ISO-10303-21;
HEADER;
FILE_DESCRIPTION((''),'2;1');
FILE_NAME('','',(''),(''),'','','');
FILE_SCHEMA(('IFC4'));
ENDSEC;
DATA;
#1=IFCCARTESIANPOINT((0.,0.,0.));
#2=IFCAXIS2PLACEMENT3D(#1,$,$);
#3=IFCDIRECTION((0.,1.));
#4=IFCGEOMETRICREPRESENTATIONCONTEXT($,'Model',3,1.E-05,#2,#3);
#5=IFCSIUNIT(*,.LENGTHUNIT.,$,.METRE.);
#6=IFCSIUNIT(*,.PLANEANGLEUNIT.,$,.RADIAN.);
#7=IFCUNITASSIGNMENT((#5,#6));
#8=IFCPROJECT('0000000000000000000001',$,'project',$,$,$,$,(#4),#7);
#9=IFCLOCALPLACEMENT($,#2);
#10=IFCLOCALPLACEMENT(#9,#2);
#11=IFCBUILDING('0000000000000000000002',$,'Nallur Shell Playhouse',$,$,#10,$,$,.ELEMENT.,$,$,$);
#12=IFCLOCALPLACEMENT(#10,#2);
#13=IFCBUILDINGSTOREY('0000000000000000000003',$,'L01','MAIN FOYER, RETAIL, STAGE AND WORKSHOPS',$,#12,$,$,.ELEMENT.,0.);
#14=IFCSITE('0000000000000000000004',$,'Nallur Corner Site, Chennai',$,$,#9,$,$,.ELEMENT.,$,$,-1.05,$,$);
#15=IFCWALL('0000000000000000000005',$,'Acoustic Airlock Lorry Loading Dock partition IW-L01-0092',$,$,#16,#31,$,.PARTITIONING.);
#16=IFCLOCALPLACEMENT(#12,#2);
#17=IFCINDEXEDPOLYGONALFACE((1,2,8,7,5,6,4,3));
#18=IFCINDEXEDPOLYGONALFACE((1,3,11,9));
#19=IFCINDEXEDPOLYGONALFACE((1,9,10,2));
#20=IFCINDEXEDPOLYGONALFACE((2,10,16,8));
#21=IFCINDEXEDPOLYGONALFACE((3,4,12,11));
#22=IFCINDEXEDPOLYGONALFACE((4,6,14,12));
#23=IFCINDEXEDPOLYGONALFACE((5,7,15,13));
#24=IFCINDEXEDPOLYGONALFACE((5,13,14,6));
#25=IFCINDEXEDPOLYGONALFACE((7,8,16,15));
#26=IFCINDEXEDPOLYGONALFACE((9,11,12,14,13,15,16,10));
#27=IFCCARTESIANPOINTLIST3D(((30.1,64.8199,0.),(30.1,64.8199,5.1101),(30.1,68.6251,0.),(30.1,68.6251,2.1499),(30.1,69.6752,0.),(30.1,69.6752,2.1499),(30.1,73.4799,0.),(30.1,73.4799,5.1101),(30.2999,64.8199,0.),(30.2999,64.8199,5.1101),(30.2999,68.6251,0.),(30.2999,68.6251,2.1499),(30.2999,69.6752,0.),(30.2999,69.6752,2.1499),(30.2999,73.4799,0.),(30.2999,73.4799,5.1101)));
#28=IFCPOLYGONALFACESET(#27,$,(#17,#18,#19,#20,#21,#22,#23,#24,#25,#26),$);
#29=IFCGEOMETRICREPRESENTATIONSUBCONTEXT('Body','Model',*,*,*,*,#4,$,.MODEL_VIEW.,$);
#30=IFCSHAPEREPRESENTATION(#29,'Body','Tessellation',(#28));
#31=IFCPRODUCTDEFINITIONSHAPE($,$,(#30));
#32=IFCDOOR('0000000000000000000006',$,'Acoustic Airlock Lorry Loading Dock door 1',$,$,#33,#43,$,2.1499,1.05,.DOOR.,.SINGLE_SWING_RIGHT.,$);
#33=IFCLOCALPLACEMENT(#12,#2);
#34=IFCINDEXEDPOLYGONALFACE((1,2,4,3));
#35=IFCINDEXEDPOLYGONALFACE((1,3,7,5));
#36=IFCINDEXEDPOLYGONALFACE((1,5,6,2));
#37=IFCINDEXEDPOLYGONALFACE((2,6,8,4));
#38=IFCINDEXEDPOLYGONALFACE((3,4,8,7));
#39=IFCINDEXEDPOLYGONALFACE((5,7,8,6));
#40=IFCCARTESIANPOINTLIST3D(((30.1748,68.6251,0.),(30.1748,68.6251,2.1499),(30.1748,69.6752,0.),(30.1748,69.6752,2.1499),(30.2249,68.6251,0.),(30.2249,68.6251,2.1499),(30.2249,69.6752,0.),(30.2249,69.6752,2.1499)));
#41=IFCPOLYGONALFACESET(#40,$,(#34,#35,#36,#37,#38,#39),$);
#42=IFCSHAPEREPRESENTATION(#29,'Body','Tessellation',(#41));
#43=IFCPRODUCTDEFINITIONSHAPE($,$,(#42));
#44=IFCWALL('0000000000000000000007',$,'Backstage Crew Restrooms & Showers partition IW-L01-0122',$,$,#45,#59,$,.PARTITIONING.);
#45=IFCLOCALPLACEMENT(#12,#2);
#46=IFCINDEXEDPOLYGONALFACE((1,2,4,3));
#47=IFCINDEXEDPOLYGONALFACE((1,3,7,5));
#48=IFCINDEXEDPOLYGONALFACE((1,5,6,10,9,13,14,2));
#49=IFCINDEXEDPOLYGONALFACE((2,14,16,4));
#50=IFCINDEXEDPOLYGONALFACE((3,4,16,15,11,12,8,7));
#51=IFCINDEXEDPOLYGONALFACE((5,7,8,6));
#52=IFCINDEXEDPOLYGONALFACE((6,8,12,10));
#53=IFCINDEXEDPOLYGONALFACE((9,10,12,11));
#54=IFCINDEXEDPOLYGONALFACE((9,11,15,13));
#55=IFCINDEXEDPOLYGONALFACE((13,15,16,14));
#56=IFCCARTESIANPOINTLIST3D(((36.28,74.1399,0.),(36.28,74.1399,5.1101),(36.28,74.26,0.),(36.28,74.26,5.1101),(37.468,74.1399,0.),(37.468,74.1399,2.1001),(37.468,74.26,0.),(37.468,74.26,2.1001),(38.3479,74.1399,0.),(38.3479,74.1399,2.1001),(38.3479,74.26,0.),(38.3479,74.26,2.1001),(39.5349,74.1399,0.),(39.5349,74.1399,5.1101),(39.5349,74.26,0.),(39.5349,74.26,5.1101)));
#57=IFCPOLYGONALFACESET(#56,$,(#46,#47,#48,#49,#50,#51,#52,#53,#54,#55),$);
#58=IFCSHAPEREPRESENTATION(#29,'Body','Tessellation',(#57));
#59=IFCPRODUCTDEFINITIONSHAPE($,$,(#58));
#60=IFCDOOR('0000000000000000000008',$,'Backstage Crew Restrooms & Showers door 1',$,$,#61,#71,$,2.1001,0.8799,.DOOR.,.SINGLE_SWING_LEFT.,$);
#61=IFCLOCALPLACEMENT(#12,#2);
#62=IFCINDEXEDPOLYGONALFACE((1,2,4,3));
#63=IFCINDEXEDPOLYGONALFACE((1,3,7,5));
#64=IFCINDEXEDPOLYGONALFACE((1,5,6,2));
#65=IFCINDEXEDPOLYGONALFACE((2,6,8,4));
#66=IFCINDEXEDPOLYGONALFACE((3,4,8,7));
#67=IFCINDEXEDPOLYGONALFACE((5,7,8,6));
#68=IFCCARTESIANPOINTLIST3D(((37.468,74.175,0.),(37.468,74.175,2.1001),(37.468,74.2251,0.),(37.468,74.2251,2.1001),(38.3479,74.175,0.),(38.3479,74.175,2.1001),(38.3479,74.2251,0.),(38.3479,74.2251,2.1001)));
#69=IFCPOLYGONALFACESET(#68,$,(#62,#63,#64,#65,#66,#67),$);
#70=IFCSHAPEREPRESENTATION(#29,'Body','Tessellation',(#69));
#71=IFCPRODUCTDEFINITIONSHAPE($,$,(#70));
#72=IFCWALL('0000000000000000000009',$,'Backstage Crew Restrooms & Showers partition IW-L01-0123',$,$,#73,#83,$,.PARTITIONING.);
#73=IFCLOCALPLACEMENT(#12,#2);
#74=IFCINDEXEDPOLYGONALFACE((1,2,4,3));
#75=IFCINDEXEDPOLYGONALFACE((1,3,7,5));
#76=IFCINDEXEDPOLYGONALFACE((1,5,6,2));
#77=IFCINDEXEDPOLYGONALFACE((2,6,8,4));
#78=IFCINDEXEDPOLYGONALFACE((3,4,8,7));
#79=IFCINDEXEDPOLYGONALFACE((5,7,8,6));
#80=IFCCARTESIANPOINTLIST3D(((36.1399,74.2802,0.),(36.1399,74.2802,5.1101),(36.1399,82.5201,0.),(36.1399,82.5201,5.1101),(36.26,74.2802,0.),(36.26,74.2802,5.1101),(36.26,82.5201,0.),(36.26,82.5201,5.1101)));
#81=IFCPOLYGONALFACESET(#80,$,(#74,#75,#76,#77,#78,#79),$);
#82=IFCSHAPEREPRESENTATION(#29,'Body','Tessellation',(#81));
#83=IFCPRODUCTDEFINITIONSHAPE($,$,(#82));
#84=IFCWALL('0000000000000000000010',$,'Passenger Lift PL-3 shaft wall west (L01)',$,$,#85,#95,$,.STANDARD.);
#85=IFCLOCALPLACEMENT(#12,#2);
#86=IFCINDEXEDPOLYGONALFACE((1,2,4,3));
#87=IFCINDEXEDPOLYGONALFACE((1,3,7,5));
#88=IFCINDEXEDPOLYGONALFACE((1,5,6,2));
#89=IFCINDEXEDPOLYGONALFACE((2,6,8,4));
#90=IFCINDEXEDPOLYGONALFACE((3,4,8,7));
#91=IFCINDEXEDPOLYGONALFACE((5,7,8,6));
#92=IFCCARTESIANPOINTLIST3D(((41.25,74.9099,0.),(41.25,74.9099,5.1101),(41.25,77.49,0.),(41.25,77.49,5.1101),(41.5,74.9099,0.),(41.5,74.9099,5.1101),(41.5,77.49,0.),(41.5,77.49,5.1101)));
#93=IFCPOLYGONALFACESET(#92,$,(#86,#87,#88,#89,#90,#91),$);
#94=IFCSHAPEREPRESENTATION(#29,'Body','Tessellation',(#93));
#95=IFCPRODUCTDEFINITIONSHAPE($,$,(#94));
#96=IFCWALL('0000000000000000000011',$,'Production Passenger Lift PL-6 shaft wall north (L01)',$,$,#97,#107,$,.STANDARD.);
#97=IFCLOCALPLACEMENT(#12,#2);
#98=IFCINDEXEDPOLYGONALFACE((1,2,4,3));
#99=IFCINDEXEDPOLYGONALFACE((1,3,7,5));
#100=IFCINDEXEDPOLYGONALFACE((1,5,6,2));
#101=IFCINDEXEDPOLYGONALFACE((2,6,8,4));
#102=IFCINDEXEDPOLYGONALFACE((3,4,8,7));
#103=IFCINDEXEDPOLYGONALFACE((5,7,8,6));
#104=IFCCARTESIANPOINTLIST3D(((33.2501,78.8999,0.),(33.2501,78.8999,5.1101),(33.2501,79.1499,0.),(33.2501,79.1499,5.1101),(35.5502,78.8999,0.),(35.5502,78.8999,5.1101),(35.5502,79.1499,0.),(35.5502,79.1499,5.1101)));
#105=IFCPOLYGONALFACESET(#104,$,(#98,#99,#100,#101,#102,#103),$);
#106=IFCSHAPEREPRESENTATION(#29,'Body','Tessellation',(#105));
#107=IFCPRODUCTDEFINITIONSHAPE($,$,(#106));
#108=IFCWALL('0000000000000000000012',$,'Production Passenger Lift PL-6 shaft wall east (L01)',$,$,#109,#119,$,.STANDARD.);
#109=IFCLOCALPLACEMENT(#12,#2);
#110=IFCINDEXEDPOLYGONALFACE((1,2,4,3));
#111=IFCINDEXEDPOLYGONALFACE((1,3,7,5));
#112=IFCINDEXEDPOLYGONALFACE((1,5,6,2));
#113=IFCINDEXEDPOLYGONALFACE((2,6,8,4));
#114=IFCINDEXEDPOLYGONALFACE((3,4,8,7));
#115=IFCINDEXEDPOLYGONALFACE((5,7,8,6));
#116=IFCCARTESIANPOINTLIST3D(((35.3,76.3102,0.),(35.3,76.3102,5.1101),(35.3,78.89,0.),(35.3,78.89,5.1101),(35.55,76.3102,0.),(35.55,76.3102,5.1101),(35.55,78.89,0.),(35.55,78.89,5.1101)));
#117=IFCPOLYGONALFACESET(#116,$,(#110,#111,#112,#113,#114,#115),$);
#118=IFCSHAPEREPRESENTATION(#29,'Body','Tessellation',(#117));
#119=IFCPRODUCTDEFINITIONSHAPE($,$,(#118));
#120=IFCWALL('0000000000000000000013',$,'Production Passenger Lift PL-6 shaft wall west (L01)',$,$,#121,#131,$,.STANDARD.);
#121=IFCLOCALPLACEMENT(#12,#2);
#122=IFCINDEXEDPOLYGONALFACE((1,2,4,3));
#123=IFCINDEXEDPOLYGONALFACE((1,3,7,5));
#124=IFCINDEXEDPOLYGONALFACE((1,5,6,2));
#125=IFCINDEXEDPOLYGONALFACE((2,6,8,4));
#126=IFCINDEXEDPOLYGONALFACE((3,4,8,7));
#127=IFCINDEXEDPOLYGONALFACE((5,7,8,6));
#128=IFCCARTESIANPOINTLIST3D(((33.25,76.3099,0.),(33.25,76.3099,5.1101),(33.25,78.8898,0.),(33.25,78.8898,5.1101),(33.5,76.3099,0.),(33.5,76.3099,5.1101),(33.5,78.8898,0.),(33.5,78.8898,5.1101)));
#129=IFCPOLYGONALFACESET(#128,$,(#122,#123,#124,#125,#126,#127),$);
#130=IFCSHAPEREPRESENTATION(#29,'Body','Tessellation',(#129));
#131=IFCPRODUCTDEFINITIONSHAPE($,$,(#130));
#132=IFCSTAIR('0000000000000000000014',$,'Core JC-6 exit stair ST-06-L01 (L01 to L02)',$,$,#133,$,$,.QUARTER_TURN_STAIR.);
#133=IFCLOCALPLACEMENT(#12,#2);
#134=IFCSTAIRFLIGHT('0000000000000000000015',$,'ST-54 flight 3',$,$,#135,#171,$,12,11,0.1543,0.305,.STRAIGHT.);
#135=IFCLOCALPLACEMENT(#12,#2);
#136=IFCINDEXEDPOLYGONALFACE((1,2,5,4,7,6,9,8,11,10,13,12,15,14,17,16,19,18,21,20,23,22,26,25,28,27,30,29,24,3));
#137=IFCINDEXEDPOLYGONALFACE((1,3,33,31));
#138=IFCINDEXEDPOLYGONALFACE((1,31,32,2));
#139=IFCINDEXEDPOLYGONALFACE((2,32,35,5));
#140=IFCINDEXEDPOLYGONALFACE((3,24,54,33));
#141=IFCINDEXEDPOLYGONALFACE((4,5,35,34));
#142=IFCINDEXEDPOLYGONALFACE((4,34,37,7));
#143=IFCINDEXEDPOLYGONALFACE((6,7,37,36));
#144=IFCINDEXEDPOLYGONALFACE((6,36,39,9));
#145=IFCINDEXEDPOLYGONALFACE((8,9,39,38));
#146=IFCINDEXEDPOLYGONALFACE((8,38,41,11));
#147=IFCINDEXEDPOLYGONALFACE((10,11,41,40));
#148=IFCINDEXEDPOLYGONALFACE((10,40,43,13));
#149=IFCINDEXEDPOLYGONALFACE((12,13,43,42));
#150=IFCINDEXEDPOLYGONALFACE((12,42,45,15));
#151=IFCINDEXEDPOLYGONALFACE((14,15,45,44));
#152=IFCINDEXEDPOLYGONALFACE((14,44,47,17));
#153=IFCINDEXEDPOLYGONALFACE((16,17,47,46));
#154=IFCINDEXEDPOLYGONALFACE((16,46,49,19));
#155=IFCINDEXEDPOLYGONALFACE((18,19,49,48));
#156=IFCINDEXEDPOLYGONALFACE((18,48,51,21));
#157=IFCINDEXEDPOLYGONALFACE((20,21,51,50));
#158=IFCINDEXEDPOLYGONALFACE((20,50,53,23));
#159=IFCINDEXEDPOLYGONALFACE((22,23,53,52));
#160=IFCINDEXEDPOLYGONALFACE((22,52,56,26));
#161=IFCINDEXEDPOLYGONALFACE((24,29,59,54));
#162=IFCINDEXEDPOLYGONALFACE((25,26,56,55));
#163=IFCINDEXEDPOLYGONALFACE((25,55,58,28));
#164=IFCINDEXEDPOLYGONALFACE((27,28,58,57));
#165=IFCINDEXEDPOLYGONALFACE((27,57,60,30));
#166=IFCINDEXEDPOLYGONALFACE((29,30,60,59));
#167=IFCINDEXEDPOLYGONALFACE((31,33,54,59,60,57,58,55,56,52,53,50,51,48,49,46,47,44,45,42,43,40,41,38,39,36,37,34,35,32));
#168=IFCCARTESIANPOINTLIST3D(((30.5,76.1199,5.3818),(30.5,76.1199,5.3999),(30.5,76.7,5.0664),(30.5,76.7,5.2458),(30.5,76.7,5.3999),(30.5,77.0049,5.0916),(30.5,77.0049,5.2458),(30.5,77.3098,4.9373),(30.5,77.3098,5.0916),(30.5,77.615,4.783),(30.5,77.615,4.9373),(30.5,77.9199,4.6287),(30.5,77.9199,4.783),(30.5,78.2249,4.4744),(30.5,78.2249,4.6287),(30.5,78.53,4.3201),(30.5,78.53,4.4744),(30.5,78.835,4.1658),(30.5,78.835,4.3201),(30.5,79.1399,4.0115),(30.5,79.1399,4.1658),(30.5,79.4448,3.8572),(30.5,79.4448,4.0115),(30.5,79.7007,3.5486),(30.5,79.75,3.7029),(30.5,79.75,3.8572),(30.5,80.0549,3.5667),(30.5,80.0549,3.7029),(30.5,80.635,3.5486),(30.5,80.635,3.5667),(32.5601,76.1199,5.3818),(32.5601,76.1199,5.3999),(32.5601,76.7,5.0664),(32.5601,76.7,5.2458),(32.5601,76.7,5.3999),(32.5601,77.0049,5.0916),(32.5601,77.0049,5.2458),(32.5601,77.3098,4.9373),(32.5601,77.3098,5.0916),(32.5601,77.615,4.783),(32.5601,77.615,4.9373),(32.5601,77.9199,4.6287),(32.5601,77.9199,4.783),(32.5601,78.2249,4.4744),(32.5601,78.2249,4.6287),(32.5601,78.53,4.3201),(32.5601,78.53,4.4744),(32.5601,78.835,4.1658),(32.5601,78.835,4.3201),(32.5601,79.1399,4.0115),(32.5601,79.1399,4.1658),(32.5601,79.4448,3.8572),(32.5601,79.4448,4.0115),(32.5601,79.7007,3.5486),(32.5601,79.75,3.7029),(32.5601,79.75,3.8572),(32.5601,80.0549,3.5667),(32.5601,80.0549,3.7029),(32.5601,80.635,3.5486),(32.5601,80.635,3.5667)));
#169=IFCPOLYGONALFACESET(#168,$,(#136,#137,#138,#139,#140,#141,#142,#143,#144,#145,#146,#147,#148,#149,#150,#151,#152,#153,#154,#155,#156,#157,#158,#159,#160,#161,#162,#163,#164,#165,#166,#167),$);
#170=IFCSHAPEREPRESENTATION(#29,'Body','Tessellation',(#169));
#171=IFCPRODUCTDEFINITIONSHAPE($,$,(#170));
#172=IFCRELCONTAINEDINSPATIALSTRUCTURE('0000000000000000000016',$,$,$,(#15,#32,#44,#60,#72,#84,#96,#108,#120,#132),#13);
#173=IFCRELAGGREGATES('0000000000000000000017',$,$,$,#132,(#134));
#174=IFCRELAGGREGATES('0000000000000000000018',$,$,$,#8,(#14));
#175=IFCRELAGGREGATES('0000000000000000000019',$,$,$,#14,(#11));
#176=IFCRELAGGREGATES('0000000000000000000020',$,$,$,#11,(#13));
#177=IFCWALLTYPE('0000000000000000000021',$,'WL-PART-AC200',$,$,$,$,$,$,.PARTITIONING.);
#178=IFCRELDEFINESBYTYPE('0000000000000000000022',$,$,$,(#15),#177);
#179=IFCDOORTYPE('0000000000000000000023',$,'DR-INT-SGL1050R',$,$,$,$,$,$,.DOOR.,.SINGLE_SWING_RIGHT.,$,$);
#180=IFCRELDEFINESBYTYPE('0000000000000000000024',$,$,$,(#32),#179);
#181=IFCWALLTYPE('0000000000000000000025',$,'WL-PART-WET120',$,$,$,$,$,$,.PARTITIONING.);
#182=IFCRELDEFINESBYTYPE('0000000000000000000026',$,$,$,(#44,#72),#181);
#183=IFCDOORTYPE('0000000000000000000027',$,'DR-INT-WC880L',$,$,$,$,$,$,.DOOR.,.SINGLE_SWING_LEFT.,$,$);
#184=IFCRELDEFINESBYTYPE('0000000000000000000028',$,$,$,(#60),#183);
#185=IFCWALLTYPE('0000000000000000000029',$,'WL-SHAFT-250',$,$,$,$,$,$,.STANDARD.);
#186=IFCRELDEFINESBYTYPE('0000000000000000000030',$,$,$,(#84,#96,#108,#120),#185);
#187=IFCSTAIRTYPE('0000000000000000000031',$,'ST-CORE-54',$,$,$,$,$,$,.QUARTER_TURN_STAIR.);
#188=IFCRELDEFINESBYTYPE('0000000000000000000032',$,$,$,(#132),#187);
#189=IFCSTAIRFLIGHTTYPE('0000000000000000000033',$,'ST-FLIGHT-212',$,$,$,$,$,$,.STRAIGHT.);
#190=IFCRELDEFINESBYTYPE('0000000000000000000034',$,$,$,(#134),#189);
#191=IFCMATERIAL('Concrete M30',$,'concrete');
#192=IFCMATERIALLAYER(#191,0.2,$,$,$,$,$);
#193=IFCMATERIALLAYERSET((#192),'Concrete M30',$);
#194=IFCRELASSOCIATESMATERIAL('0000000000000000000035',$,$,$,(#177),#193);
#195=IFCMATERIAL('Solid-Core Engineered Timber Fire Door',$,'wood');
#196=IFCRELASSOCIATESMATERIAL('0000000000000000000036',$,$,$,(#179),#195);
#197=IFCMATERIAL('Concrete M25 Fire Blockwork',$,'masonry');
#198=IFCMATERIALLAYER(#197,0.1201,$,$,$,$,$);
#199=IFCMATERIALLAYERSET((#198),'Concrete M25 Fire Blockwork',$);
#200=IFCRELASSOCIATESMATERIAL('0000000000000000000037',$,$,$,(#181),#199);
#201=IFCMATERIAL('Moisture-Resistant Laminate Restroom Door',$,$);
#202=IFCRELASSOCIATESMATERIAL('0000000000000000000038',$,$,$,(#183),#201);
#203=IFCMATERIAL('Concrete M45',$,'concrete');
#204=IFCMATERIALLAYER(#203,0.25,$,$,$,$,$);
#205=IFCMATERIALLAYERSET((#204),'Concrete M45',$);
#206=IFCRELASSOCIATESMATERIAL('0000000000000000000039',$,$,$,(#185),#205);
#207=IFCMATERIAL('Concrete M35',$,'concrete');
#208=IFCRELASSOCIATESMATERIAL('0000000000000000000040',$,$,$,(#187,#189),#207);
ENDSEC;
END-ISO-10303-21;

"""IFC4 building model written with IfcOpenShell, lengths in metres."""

from ifc_helpers import new_model, si_unit, direction, frame, frame_2d, origin, place, context, subcontext, project, spatial, polyline, rectangle, outline, extrude, material, layer, layer_set, type_object, element, fill, aggregate, save


model = new_model("IFC4")

# Units and contexts
model_context = context("Model", 3, precision=1e-05, world=origin(), true_north=direction((0.0, 1.0)))
body_context = subcontext(model_context, "Body", "Model", "MODEL_VIEW")
ifc_project = project(units=[si_unit("LENGTHUNIT", "METRE"), si_unit("PLANEANGLEUNIT", "RADIAN")], contexts=[model_context])

# Site, building, storey
site_placement = place(None, origin())
site = spatial("IfcSite", under=ifc_project, at=site_placement, Name="Nallur Corner Site, Chennai", CompositionType="ELEMENT", RefElevation=-1.05)
building_placement = place(site_placement, origin())
building = spatial("IfcBuilding", under=site, at=building_placement, Name="Nallur Shell Playhouse", CompositionType="ELEMENT")
storey_placement = place(building_placement, origin())
storey = spatial("IfcBuildingStorey", under=building, at=storey_placement, Name="L01", Description="MAIN FOYER, RETAIL, STAGE AND WORKSHOPS", CompositionType="ELEMENT", Elevation=0.0)

# Shared definitions
ifc_material_1 = material(Name="Concrete M35", Category="concrete")

# Shared definitions
ifc_material_2 = material(Name="Concrete M45", Category="concrete")

# Walls, openings, doors
ifc_material_3 = material(Name="Concrete M30", Category="concrete")
ifc_layer_1 = layer(ifc_material_3, 0.2)
ifc_layer_set_1 = layer_set([ifc_layer_1], Name="Concrete M30")
wall_type_1 = type_object("IfcWallType", Name="WL-PART-AC200", PredefinedType="PARTITIONING", material=ifc_layer_set_1)
wall_1_placement = place(storey_placement, frame((30.2, 73.48, 0.0), z_axis=(0.0, 0.0, 1.0), x_axis=(0.0, -1.0, 0.0)))
wall_1 = element("IfcWall", 1, at=wall_1_placement, inside=storey, type_object=wall_type_1, Name="Acoustic Airlock Lorry Loading Dock partition IW-L01-0092", PredefinedType="PARTITIONING", context=body_context, shape_type="SweptSolid", body=[
    extrude(rectangle(XDim=8.6599, YDim=0.2, at=frame_2d((4.3301, 0.0))), origin(), (0.0, 0.0, 1.0), 5.1101),
])
opening_1_placement = place(wall_1_placement, frame((3.8049, 0.0, 0.0)))
opening_1 = element("IfcOpeningElement", 2, at=opening_1_placement, cuts=wall_1, PredefinedType="OPENING", context=body_context, shape_type="SweptSolid", body=[
    extrude(rectangle(XDim=1.05, YDim=2.1499, at=frame_2d((0.5249, 1.075))), frame((0.0, 0.1099, 0.0), z_axis=(0.0, -1.0, 0.0), x_axis=(1.0, 0.0, 0.0)), (0.0, 0.0, 1.0), 0.22),
])
ifc_material_4 = material(Name="Solid-Core Engineered Timber Fire Door", Category="wood")
door_type_1 = type_object("IfcDoorType", Name="DR-INT-SGL1050R", OperationType="SINGLE_SWING_RIGHT", PredefinedType="DOOR", material=ifc_material_4)
door_1_placement = place(opening_1_placement, origin())
door_1 = element("IfcDoor", 3, at=door_1_placement, inside=storey, type_object=door_type_1, Name="Acoustic Airlock Lorry Loading Dock door 1", OperationType="SINGLE_SWING_RIGHT", OverallHeight=2.1499, OverallWidth=1.05, PredefinedType="DOOR", context=body_context, shape_type="SweptSolid", body=[
    extrude(rectangle(XDim=1.05, YDim=2.1499, at=frame_2d((0.5249, 1.075))), frame((0.0, 0.0249, 0.0), z_axis=(0.0, -1.0, 0.0), x_axis=(1.0, 0.0, 0.0)), (0.0, 0.0, 1.0), 0.05),
])
fill(opening_1, door_1)
ifc_material_5 = material(Name="Concrete M25 Fire Blockwork", Category="masonry")
ifc_layer_2 = layer(ifc_material_5, 0.1201)
ifc_layer_set_2 = layer_set([ifc_layer_2], Name="Concrete M25 Fire Blockwork")
wall_type_2 = type_object("IfcWallType", Name="WL-PART-WET120", PredefinedType="PARTITIONING", material=ifc_layer_set_2)
wall_2_placement = place(storey_placement, frame((39.5349, 74.2, 0.0), z_axis=(0.0, 0.0, 1.0), x_axis=(-1.0, 0.0, 0.0)))
wall_2 = element("IfcWall", 4, at=wall_2_placement, inside=storey, type_object=wall_type_2, Name="Backstage Crew Restrooms & Showers partition IW-L01-0122", PredefinedType="PARTITIONING", context=body_context, shape_type="SweptSolid", body=[
    extrude(rectangle(XDim=3.2549, YDim=0.1201, at=frame_2d((1.6274, 0.0))), origin(), (0.0, 0.0, 1.0), 5.1101),
])
opening_2_placement = place(wall_2_placement, frame((1.187, 0.0, 0.0)))
opening_2 = element("IfcOpeningElement", 5, at=opening_2_placement, cuts=wall_2, PredefinedType="OPENING", context=body_context, shape_type="SweptSolid", body=[
    extrude(rectangle(XDim=0.8799, YDim=2.1001, at=frame_2d((0.4399, 1.05))), frame((0.0, 0.0701, 0.0), z_axis=(0.0, -1.0, 0.0), x_axis=(1.0, 0.0, 0.0)), (0.0, 0.0, 1.0), 0.1401),
])
ifc_material_6 = material(Name="Moisture-Resistant Laminate Restroom Door")
door_type_2 = type_object("IfcDoorType", Name="DR-INT-WC880L", OperationType="SINGLE_SWING_LEFT", PredefinedType="DOOR", material=ifc_material_6)
door_2_placement = place(opening_2_placement, origin())
door_2 = element("IfcDoor", 6, at=door_2_placement, inside=storey, type_object=door_type_2, Name="Backstage Crew Restrooms & Showers door 1", OperationType="SINGLE_SWING_LEFT", OverallHeight=2.1001, OverallWidth=0.8799, PredefinedType="DOOR", context=body_context, shape_type="SweptSolid", body=[
    extrude(rectangle(XDim=0.8799, YDim=2.1001, at=frame_2d((0.4399, 1.05))), frame((0.0, 0.0249, 0.0), z_axis=(0.0, -1.0, 0.0), x_axis=(1.0, 0.0, 0.0)), (0.0, 0.0, 1.0), 0.05),
])
fill(opening_2, door_2)

# Wall
wall_3_placement = place(storey_placement, frame((36.2, 74.28, 0.0), z_axis=(0.0, 0.0, 1.0), x_axis=(0.0, 1.0, 0.0)))
element("IfcWall", 7, at=wall_3_placement, inside=storey, type_object=wall_type_2, Name="Backstage Crew Restrooms & Showers partition IW-L01-0123", PredefinedType="PARTITIONING", context=body_context, shape_type="SweptSolid", body=[
    extrude(rectangle(XDim=8.24, YDim=0.1201, at=frame_2d((4.1201, 0.0))), origin(), (0.0, 0.0, 1.0), 5.1101),
])

# Shared definitions
ifc_layer_3 = layer(ifc_material_2, 0.25)
ifc_layer_set_3 = layer_set([ifc_layer_3], Name="Concrete M45")
wall_type_3 = type_object("IfcWallType", Name="WL-SHAFT-250", PredefinedType="STANDARD", material=ifc_layer_set_3)

# Wall
wall_4_placement = place(storey_placement, frame((41.375, 77.49, 0.0), z_axis=(0.0, 0.0, 1.0), x_axis=(0.0, -1.0, 0.0)))
element("IfcWall", 8, at=wall_4_placement, inside=storey, type_object=wall_type_3, Name="Passenger Lift PL-3 shaft wall west (L01)", PredefinedType="STANDARD", context=body_context, shape_type="SweptSolid", body=[
    extrude(rectangle(XDim=2.5801, YDim=0.25, at=frame_2d((1.29, 0.0))), origin(), (0.0, 0.0, 1.0), 5.1101),
])

# Walls
wall_5_placement = place(storey_placement, frame((35.55, 79.0249, 0.0), z_axis=(0.0, 0.0, 1.0), x_axis=(-1.0, 0.0, 0.0)))
element("IfcWall", 9, at=wall_5_placement, inside=storey, type_object=wall_type_3, Name="Production Passenger Lift PL-6 shaft wall north (L01)", PredefinedType="STANDARD", context=body_context, shape_type="SweptSolid", body=[
    extrude(rectangle(XDim=2.3, YDim=0.25, at=frame_2d((1.1499, 0.0))), origin(), (0.0, 0.0, 1.0), 5.1101),
])
for number, where, z_axis, x_axis, name in (
    (10, (35.425, 76.3101, 0.0), (0.0, 0.0, 1.0), (0.0, 1.0, 0.0), "Production Passenger Lift PL-6 shaft wall east (L01)"),
    (11, (33.375, 78.8899, 0.0), (0.0, 0.0, 1.0), (0.0, -1.0, 0.0), "Production Passenger Lift PL-6 shaft wall west (L01)"),
):
    element("IfcWall", number, at=place(storey_placement, frame(where, z_axis=z_axis, x_axis=x_axis)), inside=storey, type_object=wall_type_3, Name=name, PredefinedType="STANDARD", context=body_context, shape_type="SweptSolid", body=[
        extrude(rectangle(XDim=2.5798, YDim=0.25, at=frame_2d((1.29, 0.0))), origin(), (0.0, 0.0, 1.0), 5.1101),
    ])

# Stair, stair flight
stair_type = type_object("IfcStairType", Name="ST-CORE-54", PredefinedType="QUARTER_TURN_STAIR", material=ifc_material_1)
stair_placement = place(storey_placement, origin())
stair = element("IfcStair", 12, at=stair_placement, inside=storey, type_object=stair_type, Name="Core JC-6 exit stair ST-06-L01 (L01 to L02)", PredefinedType="QUARTER_TURN_STAIR")
stair_flight_type = type_object("IfcStairFlightType", Name="ST-FLIGHT-212", PredefinedType="STRAIGHT", material=ifc_material_1)
stair_flight_placement = place(storey_placement, frame((31.53, 80.0549, 3.5486), z_axis=(0.0, 0.0, 1.0), x_axis=(0.0, -1.0, 0.0)))
stair_flight = element("IfcStairFlight", 13, at=stair_flight_placement, type_object=stair_flight_type, Name="ST-54 flight 3", NumberOfRisers=12, NumberOfTreads=11, PredefinedType="STRAIGHT", RiserHeight=0.1543, TreadLength=0.305, context=body_context, shape_type="SweptSolid", body=[
    extrude(outline(polyline([(-0.5801, 0.0), (-0.5801, 0.0181), (0.0, 0.0181), (0.0, 0.1543), (0.3049, 0.1543), (0.3049, 0.3086), (0.6101, 0.3086), (0.6101, 0.4629), (0.915, 0.4629), (0.915, 0.6172), (1.22, 0.6172), (1.22, 0.7715), (1.5249, 0.7715), (1.5249, 0.9258), (1.8301, 0.9258), (1.8301, 1.0801), (2.135, 1.0801), (2.135, 1.2344), (2.4399, 1.2344), (2.4399, 1.3887), (2.7451, 1.3887), (2.7451, 1.543), (3.05, 1.543), (3.05, 1.6973), (3.355, 1.6973), (3.355, 1.8513), (3.9351, 1.8513), (3.9351, 1.8333), (3.355, 1.5178), (0.3542, 0.0), (-0.5801, 0.0)])), frame((0.0, 1.03, 0.0), z_axis=(0.0, -1.0, 0.0), x_axis=(1.0, 0.0, 0.0)), (0.0, 0.0, 1.0), 2.0601),
])
aggregate(stair, [stair_flight])

save(model, "model.ifc")
